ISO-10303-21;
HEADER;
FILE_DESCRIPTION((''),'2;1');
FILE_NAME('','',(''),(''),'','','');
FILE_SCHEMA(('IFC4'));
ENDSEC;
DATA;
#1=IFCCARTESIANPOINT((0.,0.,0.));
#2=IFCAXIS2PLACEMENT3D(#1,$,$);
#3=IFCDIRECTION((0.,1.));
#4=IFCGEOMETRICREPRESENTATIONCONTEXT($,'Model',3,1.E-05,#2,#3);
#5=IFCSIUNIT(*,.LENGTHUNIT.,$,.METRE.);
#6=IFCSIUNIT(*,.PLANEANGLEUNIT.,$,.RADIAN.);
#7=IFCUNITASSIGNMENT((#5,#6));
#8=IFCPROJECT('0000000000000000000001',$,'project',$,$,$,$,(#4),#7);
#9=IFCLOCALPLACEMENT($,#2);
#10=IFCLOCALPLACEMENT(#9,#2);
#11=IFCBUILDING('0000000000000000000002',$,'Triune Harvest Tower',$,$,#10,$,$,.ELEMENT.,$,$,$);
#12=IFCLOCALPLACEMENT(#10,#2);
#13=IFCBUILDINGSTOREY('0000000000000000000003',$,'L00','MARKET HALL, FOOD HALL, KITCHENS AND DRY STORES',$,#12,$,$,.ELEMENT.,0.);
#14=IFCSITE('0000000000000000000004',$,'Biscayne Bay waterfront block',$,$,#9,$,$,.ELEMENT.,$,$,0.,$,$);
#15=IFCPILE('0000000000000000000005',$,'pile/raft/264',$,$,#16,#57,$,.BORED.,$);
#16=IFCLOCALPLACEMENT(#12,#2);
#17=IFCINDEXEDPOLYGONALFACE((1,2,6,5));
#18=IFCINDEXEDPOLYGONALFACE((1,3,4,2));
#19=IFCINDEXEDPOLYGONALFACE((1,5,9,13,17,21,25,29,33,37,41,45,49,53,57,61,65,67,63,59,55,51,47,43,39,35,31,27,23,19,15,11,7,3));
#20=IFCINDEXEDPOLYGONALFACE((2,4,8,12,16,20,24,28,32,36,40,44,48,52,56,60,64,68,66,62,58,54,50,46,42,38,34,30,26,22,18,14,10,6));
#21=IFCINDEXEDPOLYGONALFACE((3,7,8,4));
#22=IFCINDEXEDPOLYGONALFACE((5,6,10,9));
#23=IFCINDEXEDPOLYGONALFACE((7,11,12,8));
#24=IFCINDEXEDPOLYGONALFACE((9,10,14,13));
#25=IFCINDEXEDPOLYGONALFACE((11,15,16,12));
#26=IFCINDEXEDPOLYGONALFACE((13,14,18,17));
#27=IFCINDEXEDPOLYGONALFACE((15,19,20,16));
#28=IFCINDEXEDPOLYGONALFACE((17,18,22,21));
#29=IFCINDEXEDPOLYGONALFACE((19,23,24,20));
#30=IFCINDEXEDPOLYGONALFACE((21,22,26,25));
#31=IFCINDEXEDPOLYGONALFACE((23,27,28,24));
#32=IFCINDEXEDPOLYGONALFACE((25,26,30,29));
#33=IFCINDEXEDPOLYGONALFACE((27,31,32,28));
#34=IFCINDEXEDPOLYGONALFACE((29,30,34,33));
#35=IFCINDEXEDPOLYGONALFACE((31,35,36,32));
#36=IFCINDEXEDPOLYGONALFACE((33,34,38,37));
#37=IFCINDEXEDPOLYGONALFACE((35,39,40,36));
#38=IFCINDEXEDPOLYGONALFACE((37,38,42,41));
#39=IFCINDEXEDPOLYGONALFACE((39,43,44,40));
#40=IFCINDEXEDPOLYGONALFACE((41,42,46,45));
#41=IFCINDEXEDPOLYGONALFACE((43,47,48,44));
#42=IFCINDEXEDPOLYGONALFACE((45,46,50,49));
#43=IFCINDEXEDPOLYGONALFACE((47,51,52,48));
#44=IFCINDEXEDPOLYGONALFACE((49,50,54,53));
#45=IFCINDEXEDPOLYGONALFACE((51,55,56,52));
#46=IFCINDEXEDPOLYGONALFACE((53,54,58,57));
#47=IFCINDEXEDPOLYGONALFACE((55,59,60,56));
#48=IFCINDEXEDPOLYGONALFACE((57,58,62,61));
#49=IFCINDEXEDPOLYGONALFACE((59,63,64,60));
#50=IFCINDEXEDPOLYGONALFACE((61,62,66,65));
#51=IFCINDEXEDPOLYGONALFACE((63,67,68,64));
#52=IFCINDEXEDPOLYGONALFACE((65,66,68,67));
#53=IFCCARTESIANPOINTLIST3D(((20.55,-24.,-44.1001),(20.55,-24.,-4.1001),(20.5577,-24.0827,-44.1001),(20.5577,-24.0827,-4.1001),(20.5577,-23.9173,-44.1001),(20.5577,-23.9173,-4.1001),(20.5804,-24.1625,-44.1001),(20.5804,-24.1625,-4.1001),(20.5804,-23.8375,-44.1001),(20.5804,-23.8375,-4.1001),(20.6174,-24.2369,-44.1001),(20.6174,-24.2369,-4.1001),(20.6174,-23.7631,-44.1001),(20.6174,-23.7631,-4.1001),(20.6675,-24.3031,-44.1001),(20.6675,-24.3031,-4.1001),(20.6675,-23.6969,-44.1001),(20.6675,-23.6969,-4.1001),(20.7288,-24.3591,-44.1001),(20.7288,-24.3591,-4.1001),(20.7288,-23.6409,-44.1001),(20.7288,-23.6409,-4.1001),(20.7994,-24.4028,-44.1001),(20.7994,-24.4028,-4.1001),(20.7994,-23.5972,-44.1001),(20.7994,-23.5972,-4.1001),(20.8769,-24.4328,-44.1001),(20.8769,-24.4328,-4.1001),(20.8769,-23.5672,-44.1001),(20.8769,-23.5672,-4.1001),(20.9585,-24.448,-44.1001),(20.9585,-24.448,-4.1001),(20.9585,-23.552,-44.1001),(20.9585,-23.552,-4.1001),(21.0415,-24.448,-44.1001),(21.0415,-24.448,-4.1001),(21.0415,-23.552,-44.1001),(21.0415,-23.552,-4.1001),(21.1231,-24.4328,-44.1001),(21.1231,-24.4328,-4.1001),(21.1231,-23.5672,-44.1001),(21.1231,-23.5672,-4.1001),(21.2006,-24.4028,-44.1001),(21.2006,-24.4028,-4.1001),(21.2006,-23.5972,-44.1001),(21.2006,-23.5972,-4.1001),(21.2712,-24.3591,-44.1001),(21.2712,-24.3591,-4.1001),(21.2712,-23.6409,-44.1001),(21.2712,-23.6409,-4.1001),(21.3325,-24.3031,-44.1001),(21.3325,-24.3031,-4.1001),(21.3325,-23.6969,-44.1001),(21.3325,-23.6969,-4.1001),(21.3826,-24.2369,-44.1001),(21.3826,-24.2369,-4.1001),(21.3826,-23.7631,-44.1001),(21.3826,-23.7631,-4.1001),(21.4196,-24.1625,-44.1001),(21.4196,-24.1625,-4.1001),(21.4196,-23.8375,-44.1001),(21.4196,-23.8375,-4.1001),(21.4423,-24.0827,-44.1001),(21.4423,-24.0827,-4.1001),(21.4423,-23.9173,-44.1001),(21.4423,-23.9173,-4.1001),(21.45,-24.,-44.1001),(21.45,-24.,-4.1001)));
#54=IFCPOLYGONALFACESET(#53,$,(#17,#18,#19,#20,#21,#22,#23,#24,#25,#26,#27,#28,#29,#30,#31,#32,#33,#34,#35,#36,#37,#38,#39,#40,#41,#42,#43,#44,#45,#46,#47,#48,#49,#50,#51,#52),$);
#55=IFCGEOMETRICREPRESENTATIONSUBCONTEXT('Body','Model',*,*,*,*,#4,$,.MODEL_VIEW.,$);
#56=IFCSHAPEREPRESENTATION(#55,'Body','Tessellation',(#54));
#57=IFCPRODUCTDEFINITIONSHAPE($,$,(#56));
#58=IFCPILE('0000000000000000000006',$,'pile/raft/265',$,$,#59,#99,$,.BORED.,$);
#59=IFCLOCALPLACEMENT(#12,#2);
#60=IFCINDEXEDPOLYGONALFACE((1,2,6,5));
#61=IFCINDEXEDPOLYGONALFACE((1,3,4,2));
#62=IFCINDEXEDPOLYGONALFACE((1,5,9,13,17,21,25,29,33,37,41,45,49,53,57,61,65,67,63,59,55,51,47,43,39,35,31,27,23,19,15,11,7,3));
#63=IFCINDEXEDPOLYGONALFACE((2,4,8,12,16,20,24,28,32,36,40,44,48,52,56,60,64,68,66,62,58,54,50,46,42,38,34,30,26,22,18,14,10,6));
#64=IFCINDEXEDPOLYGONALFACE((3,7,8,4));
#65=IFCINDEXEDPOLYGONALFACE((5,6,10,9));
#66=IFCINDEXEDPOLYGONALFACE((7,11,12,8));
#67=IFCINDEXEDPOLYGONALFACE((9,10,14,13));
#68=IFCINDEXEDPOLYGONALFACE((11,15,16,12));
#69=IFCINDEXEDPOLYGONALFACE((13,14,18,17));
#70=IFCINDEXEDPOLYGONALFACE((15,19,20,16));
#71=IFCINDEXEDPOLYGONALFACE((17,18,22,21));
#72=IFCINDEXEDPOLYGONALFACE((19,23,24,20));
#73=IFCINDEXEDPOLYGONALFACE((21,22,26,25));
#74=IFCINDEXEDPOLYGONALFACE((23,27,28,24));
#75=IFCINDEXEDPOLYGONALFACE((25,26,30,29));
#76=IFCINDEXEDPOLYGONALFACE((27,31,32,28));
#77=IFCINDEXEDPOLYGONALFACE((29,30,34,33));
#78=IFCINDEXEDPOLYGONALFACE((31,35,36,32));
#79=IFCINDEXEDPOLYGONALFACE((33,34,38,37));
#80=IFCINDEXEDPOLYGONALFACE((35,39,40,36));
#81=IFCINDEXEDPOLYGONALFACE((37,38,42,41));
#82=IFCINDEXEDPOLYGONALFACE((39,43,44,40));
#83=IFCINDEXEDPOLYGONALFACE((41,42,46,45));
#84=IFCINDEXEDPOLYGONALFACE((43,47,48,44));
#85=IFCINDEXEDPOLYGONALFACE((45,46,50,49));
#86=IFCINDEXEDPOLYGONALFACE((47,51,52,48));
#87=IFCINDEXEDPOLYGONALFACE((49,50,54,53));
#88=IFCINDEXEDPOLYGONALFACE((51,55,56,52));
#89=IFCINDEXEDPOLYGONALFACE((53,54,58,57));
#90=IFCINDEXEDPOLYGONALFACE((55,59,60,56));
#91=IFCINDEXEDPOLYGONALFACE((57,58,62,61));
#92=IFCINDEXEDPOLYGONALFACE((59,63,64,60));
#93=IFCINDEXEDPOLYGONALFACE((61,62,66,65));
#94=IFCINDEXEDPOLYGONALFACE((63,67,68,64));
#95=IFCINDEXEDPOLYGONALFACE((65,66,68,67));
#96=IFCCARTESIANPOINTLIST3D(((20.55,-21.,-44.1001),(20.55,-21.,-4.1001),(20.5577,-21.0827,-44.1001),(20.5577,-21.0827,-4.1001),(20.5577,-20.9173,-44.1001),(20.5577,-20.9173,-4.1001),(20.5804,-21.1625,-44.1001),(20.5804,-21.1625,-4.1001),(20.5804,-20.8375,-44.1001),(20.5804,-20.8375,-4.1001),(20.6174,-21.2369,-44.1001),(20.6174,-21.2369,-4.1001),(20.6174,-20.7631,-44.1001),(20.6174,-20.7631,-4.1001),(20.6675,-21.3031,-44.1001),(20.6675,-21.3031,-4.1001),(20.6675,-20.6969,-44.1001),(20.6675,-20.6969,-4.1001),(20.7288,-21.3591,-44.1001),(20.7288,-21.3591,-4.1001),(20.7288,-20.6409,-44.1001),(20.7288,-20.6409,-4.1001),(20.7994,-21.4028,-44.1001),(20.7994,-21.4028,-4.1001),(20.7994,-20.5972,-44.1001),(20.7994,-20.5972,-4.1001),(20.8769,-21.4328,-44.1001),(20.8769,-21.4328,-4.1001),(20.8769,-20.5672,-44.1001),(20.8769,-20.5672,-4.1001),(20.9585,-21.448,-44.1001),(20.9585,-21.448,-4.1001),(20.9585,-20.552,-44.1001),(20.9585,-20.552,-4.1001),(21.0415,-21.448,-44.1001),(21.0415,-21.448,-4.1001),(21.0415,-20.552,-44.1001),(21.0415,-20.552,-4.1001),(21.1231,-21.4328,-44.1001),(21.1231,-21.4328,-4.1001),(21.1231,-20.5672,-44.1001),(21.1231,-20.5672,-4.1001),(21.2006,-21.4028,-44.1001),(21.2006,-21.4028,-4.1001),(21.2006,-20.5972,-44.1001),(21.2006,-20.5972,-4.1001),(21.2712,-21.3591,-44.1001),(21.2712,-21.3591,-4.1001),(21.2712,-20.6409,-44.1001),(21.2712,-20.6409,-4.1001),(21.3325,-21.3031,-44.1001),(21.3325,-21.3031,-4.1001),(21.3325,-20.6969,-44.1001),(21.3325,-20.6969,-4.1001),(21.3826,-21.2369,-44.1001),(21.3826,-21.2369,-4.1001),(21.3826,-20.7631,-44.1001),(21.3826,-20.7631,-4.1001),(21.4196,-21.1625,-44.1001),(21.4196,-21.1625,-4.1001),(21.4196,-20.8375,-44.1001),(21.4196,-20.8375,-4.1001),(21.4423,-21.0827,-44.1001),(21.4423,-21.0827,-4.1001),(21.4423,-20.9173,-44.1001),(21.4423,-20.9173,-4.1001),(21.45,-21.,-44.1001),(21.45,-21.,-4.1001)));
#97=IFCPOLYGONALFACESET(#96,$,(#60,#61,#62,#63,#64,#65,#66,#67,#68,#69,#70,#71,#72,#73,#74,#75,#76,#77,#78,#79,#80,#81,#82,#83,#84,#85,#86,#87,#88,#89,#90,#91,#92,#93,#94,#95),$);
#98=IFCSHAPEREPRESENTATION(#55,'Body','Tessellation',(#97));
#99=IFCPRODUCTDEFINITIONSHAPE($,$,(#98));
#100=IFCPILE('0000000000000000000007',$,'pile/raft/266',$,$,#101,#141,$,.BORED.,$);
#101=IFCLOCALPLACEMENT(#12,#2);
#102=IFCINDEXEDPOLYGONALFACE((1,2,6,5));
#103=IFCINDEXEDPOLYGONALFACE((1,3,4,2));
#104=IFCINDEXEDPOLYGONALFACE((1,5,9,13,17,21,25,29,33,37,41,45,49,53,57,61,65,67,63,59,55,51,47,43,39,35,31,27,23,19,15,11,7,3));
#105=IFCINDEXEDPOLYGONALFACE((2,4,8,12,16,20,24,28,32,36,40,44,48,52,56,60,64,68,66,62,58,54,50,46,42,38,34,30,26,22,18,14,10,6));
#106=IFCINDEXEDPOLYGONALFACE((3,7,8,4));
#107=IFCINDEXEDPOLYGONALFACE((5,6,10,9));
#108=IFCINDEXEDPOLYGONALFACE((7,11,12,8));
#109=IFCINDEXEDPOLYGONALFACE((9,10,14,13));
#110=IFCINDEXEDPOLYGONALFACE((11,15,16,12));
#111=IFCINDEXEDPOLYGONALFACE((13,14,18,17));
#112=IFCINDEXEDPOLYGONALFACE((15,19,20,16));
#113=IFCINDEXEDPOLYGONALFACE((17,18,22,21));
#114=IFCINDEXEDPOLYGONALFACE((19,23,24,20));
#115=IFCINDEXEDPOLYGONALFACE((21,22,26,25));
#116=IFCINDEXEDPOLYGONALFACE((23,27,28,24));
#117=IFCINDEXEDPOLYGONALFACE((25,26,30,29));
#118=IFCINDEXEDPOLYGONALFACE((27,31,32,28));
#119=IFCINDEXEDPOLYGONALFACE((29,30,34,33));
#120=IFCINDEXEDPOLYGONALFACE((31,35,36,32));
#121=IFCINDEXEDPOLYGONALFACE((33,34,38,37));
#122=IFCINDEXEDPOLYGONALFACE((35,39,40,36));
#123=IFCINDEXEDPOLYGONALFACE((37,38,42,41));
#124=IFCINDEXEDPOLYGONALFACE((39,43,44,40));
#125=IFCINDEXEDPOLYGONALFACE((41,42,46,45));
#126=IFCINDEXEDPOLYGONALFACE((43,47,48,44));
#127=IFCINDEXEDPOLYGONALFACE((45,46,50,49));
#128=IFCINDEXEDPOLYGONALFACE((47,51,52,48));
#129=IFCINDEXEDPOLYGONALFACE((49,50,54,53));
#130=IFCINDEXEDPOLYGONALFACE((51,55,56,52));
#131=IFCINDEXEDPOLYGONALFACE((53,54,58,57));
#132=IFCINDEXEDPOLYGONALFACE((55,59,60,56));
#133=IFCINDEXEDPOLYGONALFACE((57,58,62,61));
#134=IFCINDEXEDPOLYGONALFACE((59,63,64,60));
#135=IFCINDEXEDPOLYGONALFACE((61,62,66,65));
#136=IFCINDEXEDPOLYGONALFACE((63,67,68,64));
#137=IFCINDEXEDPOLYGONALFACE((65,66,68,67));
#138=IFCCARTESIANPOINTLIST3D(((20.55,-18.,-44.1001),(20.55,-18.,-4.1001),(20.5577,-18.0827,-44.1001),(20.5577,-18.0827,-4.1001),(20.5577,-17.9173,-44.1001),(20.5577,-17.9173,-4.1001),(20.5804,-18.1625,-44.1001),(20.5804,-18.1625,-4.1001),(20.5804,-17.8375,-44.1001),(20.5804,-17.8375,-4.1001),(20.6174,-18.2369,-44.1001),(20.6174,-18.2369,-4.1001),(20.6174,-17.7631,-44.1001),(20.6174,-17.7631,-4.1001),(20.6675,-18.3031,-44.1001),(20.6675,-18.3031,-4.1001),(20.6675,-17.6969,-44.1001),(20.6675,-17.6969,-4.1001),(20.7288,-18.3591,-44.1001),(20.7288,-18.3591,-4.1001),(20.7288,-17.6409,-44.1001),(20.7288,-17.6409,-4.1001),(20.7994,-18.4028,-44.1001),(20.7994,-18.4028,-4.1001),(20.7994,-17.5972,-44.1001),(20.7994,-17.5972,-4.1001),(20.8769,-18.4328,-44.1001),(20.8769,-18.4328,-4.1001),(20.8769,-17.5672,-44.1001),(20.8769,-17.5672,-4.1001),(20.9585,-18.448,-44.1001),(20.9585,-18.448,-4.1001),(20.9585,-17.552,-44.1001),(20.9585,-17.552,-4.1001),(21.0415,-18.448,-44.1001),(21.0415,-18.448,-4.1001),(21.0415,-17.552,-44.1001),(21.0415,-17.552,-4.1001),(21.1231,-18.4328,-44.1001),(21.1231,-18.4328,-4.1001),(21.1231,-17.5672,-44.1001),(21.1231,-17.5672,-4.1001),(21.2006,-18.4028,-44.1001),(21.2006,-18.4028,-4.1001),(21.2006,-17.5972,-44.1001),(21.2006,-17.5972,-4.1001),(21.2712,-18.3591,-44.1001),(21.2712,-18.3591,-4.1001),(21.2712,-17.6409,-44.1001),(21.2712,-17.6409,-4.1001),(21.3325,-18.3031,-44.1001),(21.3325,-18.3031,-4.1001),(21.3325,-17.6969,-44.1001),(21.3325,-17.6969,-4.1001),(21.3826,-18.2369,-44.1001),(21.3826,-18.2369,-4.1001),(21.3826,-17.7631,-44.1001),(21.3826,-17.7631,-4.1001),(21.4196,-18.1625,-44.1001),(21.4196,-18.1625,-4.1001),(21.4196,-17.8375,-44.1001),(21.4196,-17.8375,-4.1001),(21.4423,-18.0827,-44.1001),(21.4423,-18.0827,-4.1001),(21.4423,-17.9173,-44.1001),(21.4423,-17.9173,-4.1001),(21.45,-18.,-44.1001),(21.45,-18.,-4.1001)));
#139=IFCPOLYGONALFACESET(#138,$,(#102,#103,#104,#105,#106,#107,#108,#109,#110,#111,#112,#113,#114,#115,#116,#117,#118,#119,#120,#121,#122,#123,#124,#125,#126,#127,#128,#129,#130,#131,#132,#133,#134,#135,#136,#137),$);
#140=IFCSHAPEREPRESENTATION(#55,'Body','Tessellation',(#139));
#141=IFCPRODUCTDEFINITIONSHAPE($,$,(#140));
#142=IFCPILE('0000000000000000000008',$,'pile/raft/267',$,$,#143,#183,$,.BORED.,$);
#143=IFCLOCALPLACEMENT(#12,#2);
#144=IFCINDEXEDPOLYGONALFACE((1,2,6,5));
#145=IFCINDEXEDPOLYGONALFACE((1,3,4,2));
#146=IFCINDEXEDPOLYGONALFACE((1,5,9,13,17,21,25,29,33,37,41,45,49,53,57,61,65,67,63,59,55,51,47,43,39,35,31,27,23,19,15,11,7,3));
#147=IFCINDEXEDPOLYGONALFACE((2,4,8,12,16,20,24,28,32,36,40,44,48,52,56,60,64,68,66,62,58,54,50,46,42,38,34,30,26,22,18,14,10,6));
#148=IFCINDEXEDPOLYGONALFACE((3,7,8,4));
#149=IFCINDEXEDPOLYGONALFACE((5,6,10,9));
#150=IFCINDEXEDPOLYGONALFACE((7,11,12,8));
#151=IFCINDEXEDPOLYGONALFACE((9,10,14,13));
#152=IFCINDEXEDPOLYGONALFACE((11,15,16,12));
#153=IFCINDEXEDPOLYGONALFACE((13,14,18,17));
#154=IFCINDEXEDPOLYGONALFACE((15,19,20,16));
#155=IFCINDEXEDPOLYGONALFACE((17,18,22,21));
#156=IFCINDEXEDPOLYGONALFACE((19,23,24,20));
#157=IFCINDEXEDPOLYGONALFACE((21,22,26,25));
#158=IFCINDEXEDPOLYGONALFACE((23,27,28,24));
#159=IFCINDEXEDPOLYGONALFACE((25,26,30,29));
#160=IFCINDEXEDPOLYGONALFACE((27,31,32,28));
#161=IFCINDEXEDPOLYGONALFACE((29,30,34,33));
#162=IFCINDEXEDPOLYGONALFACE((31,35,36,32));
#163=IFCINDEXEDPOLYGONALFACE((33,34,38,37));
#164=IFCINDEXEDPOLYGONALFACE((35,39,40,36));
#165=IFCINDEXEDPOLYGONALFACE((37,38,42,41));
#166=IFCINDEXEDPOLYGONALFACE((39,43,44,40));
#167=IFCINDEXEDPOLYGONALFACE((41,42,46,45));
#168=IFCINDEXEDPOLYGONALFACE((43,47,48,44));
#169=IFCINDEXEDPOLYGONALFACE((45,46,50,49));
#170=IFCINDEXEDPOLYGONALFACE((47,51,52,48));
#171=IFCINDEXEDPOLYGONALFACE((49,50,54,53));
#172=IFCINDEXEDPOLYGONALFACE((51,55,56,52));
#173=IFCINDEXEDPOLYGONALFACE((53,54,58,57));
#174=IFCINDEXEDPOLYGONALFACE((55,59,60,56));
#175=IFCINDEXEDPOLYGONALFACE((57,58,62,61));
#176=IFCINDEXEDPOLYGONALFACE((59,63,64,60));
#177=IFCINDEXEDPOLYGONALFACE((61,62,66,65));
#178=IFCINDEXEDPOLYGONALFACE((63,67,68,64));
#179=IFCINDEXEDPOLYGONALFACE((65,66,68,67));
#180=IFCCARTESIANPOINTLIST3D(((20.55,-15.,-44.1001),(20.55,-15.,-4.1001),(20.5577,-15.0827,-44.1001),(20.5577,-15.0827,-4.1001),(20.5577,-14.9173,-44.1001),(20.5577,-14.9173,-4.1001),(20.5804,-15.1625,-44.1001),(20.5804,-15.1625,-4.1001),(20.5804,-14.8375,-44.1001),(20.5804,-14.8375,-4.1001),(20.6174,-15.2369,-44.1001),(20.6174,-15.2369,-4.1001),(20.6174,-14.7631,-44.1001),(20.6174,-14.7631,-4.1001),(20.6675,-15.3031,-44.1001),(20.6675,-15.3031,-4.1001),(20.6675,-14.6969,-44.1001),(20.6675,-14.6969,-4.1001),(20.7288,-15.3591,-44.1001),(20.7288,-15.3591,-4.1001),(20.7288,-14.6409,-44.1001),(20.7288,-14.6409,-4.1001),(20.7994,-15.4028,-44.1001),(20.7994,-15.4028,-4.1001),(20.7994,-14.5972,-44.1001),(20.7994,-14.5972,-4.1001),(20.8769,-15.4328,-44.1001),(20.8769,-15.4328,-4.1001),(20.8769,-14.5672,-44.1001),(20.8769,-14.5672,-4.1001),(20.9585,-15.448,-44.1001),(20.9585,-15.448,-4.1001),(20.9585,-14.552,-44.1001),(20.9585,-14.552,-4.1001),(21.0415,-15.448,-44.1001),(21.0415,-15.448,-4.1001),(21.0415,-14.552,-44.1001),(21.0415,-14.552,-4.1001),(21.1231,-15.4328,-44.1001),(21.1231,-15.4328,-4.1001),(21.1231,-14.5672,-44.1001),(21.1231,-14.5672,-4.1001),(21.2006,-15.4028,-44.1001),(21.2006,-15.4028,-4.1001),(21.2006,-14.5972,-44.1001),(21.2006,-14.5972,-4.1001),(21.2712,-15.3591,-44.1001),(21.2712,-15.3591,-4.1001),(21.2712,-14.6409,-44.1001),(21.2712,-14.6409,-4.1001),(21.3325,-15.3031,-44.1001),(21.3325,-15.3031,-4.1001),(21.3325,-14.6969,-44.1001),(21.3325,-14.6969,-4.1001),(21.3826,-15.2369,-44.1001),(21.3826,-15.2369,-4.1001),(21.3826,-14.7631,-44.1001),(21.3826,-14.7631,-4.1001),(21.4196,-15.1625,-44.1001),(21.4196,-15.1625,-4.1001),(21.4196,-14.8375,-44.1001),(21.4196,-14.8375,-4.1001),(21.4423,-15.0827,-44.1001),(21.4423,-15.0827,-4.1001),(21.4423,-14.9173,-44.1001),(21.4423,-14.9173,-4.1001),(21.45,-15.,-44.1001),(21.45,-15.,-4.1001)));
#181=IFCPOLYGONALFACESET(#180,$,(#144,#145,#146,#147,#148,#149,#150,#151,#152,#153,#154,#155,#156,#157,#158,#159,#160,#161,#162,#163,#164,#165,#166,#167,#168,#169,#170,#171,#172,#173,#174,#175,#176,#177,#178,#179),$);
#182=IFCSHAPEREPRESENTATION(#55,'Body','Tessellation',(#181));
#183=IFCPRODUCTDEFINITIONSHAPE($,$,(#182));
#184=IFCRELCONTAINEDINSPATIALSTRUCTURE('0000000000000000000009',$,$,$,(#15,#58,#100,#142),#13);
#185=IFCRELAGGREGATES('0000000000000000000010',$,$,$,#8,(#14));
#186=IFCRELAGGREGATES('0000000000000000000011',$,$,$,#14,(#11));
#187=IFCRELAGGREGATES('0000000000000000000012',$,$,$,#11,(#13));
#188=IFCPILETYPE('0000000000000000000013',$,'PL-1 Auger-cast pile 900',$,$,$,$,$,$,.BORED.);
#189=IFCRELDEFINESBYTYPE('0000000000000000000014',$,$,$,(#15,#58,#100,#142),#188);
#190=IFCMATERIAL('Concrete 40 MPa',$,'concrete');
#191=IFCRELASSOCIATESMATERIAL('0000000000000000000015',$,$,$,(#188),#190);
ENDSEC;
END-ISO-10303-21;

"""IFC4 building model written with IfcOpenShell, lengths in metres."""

from ifc_helpers import new_model, si_unit, direction, frame, origin, origin_2d, place, context, subcontext, project, spatial, circle, extrude, source, transform, mapped, material, material_profile, profile_set, type_object, element, save


model = new_model("IFC4")

# Units and contexts
model_context = context("Model", 3, precision=1e-05, world=origin(), true_north=direction((0.0, 1.0)))
body_context = subcontext(model_context, "Body", "Model", "MODEL_VIEW")
ifc_project = project(units=[si_unit("LENGTHUNIT", "METRE"), si_unit("PLANEANGLEUNIT", "RADIAN")], contexts=[model_context])

# Site, building, storey
site_placement = place(None, origin())
site = spatial("IfcSite", under=ifc_project, at=site_placement, Name="Biscayne Bay waterfront block", CompositionType="ELEMENT", RefElevation=0.0)
building_placement = place(site_placement, origin())
building = spatial("IfcBuilding", under=site, at=building_placement, Name="Triune Harvest Tower", CompositionType="ELEMENT")
storey_placement = place(building_placement, origin())
storey = spatial("IfcBuildingStorey", under=building, at=storey_placement, Name="L00", Description="MARKET HALL, FOOD HALL, KITCHENS AND DRY STORES", CompositionType="ELEMENT", Elevation=0.0)

# Piles
ifc_material_1 = material(Name="Concrete 40 MPa", Category="concrete")
ifc_material_profile_1 = material_profile(ifc_material_1, circle(Radius=0.45, at=origin_2d()), Name="Bored 900")
ifc_profile_set_1 = profile_set([ifc_material_profile_1], Name="Concrete 40 MPa")
pile_type = type_object("IfcPileType", Name="PL-1 Auger-cast pile 900", PredefinedType="BORED", material=ifc_profile_set_1)
shared_shape_1 = source(origin(), body_context, "Body", "SweptSolid", [
    extrude(circle(Radius=0.45, at=origin_2d()), origin(), (0.0, 0.0, 1.0), 40.0),
])
for number, where, z_axis, x_axis, name in (
    (1, (21.0, -24.0, -4.1001), (0.0, 0.0, -1.0), (1.0, 0.0, 0.0), "pile/raft/264"),
    (2, (21.0, -21.0, -4.1001), (0.0, 0.0, -1.0), (1.0, 0.0, 0.0), "pile/raft/265"),
    (3, (21.0, -18.0, -4.1001), (0.0, 0.0, -1.0), (1.0, 0.0, 0.0), "pile/raft/266"),
    (4, (21.0, -15.0, -4.1001), (0.0, 0.0, -1.0), (1.0, 0.0, 0.0), "pile/raft/267"),
):
    element("IfcPile", number, at=place(storey_placement, frame(where, z_axis=z_axis, x_axis=x_axis)), inside=storey, type_object=pile_type, Name=name, PredefinedType="BORED", context=body_context, shape_type="MappedRepresentation", body=[
        mapped(shared_shape_1, transform((0.0, 0.0, 0.0), scale=1.0)),
    ])

save(model, "model.ifc")
